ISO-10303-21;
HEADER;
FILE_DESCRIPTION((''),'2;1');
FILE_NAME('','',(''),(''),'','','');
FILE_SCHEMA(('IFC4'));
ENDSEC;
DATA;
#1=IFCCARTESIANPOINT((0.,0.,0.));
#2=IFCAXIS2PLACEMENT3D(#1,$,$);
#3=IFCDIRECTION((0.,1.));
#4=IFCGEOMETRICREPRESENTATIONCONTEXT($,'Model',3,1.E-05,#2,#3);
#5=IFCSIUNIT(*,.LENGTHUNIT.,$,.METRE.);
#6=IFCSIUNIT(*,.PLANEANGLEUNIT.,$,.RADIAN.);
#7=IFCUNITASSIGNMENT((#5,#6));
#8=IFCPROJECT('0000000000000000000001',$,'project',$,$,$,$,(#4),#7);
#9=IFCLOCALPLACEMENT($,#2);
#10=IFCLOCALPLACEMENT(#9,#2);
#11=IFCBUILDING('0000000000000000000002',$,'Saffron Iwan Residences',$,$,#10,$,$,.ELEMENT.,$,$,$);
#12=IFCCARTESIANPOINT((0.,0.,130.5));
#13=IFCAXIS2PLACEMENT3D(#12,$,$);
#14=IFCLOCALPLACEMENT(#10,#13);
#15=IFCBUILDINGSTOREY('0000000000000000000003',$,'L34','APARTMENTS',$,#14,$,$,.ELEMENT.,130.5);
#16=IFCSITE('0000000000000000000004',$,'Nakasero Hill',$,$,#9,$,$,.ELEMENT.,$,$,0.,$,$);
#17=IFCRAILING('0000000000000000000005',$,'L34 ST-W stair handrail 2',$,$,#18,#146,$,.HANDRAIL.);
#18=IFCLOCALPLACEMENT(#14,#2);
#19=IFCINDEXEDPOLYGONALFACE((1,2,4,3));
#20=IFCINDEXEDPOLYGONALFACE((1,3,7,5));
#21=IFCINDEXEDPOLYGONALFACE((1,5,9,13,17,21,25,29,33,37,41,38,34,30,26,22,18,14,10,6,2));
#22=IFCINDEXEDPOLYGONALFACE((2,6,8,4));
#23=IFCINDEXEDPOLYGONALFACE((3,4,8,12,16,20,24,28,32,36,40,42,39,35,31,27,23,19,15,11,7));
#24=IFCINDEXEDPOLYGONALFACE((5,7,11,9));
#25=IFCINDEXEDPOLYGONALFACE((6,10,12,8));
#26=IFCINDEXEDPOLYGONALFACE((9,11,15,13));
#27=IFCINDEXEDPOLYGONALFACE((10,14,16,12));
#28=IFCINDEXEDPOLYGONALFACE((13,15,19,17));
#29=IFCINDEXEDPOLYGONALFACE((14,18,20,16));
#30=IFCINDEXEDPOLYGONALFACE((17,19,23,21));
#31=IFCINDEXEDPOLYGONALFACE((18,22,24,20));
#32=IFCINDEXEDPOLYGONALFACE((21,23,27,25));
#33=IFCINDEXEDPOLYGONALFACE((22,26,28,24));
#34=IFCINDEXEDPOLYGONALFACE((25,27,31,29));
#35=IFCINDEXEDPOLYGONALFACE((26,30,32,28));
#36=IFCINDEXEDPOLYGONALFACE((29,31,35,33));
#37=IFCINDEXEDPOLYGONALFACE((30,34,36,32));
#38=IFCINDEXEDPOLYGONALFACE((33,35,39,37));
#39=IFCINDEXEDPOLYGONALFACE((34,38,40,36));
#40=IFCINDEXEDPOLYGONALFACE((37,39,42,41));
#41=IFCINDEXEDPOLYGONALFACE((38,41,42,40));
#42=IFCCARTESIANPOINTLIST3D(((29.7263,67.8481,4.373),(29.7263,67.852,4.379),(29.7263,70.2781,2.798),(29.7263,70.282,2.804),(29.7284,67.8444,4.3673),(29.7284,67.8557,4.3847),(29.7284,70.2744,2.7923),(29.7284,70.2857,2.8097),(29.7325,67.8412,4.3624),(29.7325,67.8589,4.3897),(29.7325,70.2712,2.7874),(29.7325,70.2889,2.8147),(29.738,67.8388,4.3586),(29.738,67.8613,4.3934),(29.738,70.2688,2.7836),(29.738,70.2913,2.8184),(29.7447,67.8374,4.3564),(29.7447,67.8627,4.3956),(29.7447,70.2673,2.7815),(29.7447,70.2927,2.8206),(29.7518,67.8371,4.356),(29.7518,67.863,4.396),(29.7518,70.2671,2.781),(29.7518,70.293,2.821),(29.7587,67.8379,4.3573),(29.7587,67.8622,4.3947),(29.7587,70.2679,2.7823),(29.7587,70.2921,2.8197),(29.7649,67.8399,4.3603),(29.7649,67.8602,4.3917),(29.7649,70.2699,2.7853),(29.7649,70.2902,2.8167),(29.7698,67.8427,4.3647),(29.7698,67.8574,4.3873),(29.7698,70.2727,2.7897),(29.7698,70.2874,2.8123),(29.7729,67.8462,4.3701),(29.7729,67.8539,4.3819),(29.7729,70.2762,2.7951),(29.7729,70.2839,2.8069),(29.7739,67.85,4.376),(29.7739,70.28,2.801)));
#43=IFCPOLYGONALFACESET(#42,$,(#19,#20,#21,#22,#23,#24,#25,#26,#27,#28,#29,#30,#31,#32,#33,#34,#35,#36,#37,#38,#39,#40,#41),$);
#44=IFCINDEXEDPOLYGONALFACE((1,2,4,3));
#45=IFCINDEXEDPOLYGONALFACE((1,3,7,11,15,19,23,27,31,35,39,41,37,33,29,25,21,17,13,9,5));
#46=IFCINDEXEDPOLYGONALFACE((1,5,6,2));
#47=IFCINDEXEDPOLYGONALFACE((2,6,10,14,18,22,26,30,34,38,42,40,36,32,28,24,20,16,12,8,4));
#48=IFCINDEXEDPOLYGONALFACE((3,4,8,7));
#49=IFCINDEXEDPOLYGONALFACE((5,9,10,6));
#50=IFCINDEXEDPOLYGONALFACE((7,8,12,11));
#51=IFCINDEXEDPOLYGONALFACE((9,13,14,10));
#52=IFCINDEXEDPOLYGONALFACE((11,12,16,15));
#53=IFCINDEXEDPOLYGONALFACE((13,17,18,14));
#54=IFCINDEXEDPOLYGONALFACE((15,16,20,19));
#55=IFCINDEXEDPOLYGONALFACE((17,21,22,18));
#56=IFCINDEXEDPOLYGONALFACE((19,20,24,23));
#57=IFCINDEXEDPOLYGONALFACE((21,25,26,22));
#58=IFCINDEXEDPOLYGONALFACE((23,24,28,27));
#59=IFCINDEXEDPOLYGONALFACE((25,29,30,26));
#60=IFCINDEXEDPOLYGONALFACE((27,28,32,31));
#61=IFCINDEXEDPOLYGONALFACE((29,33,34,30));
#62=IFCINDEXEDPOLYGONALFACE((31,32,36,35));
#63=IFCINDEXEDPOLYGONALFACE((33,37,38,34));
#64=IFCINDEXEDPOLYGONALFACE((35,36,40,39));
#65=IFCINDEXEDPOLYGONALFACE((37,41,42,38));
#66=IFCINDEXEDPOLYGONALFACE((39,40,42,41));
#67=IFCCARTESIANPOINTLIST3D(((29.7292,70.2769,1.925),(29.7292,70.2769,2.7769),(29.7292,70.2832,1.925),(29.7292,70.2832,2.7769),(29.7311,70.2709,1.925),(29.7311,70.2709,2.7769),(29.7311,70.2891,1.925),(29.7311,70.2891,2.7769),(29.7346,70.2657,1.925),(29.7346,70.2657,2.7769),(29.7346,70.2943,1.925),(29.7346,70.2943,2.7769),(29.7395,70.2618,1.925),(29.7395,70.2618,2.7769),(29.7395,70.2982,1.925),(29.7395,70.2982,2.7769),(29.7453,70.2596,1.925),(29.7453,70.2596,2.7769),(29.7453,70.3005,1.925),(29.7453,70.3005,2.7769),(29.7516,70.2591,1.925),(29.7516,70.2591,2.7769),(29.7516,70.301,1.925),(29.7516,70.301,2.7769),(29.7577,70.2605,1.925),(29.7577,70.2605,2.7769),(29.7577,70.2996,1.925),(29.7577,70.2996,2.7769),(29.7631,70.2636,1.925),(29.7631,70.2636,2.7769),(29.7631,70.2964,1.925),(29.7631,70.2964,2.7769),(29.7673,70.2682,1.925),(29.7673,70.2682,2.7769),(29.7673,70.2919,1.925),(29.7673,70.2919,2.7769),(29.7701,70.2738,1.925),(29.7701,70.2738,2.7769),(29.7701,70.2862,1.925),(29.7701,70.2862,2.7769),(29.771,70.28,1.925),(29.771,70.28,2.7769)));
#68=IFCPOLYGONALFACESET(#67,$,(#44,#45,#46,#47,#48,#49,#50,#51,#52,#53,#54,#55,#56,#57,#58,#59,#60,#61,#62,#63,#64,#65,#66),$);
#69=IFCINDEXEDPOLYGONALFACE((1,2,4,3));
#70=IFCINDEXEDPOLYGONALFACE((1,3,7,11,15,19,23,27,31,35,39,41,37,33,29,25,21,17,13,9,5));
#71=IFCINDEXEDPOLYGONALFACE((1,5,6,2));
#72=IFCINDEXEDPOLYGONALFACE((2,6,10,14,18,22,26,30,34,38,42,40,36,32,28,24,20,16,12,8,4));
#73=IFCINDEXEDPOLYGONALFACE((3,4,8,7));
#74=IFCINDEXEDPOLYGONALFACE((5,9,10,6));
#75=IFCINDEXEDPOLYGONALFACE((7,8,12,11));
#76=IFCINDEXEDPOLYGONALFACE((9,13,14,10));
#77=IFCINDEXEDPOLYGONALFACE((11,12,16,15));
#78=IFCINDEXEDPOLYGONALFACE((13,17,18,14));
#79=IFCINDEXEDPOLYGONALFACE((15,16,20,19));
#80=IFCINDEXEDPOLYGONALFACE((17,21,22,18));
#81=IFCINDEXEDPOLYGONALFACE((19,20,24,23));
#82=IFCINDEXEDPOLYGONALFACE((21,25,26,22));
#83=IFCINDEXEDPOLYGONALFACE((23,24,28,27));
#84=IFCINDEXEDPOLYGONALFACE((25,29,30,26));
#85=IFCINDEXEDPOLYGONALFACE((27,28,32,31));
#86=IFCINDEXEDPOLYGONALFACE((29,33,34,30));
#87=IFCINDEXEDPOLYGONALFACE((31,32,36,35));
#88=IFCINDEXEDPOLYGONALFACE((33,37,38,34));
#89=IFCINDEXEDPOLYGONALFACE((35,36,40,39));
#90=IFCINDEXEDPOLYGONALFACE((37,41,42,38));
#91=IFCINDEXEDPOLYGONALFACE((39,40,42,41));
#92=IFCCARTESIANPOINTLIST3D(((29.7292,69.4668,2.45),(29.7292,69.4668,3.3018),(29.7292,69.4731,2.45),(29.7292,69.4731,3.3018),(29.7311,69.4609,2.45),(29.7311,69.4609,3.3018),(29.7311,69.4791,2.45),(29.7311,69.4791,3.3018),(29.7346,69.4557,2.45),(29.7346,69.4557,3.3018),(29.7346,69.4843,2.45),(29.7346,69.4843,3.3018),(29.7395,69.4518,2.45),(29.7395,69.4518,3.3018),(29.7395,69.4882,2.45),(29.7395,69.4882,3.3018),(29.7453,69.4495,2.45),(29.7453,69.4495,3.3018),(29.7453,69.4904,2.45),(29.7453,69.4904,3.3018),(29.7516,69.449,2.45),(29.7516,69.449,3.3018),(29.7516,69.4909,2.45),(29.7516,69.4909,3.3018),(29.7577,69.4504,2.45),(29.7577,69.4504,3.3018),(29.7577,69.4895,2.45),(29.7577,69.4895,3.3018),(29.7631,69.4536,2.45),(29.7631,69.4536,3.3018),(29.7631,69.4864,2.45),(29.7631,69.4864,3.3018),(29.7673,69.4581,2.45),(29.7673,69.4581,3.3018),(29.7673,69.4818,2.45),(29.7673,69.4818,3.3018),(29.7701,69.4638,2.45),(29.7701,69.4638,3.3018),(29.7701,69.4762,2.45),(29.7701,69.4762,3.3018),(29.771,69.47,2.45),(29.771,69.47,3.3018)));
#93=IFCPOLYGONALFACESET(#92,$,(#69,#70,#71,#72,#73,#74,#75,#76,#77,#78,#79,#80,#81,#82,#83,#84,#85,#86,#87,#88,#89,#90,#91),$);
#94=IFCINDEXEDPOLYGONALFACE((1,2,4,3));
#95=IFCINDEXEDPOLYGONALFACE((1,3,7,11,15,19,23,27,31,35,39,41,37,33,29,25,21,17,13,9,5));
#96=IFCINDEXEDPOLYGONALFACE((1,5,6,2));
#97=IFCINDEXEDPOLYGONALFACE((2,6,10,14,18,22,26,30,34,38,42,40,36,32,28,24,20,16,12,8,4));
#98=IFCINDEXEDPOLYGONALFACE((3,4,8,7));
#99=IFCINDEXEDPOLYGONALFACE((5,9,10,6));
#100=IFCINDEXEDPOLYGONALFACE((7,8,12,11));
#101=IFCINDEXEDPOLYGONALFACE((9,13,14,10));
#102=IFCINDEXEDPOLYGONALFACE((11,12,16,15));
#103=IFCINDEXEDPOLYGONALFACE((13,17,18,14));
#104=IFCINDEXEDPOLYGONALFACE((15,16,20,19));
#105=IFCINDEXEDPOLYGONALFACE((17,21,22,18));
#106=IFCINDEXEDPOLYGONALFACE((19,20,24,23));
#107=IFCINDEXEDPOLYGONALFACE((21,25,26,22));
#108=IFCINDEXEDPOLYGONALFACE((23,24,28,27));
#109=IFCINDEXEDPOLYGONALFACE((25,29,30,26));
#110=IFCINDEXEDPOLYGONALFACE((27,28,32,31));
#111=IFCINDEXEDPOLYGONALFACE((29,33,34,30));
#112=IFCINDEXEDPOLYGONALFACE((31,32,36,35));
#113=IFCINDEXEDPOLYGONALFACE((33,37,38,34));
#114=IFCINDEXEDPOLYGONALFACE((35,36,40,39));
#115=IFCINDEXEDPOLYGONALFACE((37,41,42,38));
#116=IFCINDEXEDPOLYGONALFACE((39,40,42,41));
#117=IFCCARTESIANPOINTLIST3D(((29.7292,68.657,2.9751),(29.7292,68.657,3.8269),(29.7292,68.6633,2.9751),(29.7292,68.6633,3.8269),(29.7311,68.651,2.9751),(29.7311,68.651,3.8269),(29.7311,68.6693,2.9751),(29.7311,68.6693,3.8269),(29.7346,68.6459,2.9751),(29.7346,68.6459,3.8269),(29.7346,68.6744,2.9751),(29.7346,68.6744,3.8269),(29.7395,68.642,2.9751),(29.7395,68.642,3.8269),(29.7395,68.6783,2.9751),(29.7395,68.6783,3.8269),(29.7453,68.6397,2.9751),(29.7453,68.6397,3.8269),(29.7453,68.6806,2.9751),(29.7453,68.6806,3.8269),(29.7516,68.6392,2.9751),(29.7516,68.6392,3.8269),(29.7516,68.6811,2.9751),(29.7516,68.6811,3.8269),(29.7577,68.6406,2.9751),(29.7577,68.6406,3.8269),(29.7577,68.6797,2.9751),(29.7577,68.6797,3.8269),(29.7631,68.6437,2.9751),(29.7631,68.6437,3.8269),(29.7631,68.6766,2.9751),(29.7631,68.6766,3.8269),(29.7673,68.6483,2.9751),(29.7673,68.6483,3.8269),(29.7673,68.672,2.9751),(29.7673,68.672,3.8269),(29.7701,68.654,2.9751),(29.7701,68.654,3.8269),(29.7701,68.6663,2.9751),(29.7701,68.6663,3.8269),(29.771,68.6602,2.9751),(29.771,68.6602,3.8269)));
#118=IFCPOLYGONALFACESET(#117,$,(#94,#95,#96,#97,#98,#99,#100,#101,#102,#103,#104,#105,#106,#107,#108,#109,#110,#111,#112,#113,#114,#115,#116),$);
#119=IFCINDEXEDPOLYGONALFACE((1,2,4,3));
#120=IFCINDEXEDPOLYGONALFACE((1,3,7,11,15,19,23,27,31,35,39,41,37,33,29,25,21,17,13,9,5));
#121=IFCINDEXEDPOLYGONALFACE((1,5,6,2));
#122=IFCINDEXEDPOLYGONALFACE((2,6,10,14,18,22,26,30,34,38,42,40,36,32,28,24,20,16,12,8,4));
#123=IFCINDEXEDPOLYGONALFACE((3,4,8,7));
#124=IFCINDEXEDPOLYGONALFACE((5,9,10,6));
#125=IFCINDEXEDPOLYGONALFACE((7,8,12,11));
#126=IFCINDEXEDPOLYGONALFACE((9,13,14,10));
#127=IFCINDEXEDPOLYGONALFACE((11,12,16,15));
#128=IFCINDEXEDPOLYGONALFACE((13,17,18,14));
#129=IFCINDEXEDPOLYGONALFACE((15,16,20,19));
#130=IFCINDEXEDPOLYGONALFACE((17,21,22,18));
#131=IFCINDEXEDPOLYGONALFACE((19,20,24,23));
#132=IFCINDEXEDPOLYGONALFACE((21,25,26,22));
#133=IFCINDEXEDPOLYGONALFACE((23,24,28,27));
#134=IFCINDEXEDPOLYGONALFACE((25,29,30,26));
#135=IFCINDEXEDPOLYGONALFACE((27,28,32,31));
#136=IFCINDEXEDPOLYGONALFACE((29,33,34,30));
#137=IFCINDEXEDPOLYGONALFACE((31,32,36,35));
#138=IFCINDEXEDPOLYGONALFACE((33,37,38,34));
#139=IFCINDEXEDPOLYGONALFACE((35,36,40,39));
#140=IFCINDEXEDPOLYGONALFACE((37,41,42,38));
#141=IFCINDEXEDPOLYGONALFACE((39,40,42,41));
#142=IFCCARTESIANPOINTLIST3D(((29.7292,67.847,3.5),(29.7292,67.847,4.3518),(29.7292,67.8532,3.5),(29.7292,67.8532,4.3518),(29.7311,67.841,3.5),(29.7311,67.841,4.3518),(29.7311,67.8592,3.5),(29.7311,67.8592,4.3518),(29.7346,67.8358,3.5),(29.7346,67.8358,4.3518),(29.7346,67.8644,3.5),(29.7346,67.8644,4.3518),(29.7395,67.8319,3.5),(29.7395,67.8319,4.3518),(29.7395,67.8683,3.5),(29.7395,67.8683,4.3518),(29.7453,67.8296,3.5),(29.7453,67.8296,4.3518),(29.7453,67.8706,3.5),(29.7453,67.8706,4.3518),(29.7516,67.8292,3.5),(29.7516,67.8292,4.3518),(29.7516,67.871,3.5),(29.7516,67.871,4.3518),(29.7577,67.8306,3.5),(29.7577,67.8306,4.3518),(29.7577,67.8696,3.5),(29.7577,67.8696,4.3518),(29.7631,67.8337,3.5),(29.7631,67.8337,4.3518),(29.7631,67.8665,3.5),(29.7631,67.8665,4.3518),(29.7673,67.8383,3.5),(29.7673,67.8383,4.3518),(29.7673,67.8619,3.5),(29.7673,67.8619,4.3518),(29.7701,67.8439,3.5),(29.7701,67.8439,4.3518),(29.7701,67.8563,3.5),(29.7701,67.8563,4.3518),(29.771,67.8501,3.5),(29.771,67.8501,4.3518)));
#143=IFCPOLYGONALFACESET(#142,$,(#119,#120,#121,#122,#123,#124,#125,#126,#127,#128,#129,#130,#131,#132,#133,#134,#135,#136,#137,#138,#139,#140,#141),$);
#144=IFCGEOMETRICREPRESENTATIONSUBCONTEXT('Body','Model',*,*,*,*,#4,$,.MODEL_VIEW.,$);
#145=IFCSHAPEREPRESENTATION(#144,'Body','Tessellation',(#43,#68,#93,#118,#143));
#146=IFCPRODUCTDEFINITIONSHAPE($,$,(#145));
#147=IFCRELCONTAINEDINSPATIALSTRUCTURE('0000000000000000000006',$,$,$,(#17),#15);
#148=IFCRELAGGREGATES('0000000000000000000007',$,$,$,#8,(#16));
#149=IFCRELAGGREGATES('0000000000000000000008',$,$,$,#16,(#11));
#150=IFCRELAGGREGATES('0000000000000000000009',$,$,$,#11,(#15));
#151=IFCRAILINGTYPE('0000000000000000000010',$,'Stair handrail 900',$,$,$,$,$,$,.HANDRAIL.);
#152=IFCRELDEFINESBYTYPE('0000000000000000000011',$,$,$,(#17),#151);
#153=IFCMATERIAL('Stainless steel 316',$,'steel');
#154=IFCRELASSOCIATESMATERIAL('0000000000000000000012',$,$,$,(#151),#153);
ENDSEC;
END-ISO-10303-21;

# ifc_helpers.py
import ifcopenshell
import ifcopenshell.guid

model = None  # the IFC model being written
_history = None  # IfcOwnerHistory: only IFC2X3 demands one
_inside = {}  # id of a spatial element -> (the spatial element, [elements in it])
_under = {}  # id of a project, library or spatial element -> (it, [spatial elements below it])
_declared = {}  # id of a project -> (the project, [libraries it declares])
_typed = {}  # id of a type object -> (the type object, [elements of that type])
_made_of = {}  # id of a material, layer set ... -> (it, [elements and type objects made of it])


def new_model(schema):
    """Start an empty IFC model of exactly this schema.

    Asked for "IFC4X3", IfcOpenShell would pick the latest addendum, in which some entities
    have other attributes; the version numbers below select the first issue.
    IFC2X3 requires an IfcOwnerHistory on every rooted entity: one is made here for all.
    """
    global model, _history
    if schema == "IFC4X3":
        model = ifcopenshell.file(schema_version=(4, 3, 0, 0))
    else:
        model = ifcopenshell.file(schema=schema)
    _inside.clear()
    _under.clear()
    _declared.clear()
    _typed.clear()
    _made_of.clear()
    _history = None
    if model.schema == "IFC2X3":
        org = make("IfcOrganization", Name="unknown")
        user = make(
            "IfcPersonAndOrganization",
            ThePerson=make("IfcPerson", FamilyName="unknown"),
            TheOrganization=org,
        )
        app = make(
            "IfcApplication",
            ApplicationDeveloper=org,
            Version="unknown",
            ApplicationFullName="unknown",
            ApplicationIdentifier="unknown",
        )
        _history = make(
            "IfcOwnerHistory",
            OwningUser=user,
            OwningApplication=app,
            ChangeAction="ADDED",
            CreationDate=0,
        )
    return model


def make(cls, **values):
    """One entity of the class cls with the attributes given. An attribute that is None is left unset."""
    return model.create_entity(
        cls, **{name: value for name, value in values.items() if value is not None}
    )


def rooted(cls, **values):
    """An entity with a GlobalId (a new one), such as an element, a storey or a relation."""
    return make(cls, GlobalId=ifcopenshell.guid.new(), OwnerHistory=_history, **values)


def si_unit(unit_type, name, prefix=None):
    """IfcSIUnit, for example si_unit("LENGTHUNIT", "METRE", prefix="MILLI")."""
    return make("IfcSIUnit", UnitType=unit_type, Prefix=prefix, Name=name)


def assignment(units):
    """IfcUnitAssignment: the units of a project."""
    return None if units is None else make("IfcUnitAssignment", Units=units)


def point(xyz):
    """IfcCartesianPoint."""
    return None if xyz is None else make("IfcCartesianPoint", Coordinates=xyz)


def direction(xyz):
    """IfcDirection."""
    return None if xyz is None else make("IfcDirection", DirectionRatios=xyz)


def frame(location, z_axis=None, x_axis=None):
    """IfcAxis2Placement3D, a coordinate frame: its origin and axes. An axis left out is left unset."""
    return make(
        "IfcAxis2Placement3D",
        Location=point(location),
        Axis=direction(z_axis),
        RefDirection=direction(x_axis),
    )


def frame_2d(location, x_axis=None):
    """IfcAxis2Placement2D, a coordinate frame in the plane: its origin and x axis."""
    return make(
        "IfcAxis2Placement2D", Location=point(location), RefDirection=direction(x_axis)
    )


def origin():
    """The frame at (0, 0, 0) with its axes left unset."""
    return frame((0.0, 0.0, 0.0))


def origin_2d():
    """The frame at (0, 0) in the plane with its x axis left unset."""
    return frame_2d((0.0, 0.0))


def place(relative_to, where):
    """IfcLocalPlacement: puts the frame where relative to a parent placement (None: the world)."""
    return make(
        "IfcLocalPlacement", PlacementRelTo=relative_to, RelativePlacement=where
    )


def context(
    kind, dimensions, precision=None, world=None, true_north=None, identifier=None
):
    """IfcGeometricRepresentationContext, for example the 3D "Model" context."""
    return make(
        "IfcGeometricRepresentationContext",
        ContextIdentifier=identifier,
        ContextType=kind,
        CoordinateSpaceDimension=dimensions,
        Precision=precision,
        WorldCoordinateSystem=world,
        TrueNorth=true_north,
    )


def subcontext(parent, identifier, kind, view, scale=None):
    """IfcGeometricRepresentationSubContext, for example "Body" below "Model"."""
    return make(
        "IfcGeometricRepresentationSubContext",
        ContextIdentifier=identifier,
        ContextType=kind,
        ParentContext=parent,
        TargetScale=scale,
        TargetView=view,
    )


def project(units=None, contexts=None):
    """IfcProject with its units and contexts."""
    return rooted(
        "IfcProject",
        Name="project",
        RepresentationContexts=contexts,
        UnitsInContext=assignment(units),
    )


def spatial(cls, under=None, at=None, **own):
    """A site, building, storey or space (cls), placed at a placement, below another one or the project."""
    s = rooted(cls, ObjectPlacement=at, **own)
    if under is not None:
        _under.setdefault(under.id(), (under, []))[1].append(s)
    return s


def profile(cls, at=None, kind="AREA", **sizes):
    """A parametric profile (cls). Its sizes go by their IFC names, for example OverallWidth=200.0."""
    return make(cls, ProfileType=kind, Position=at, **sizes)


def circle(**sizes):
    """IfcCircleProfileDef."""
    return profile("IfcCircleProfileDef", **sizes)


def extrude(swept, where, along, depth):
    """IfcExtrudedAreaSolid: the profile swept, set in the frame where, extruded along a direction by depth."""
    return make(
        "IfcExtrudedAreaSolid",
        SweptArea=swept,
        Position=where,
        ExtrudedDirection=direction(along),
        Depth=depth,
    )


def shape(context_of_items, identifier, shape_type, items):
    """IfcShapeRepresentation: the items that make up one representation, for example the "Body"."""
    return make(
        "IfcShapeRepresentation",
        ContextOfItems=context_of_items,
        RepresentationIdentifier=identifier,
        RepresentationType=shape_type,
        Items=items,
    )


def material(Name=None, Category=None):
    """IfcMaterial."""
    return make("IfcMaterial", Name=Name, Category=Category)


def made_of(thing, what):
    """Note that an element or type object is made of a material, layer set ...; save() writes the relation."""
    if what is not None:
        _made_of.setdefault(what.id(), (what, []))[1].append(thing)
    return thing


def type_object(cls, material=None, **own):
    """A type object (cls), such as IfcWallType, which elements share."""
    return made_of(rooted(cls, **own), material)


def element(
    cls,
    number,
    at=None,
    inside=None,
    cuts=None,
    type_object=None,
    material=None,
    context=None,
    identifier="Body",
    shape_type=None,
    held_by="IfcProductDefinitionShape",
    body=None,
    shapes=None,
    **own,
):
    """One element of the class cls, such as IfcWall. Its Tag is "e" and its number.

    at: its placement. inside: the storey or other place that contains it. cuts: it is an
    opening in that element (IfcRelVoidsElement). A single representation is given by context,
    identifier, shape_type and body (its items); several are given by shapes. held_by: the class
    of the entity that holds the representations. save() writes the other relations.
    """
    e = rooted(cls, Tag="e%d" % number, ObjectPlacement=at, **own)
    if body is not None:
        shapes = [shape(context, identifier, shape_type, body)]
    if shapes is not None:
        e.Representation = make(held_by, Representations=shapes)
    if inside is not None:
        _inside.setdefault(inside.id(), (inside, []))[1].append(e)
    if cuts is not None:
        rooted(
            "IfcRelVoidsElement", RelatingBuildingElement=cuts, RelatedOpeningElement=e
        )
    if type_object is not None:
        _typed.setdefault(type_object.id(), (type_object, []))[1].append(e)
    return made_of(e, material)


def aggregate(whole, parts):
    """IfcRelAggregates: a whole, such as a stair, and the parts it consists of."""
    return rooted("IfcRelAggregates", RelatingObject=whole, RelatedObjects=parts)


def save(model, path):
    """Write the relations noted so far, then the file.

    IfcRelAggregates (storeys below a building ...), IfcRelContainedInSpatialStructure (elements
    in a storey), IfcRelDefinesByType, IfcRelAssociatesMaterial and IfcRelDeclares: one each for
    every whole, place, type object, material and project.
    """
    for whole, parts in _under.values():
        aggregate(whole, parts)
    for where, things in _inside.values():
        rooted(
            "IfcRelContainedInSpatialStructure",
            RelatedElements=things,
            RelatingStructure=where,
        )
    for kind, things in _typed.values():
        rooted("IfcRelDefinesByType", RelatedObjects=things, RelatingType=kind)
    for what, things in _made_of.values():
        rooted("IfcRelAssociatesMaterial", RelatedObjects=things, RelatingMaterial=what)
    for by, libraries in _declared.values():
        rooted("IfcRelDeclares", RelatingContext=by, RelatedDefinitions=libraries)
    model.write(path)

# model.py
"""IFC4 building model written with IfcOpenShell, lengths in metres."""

from ifc_helpers import new_model, si_unit, direction, frame, origin, origin_2d, place, context, subcontext, project, spatial, circle, extrude, material, type_object, element, save


model = new_model("IFC4")

# Units and contexts
model_context = context("Model", 3, precision=1e-05, world=origin(), true_north=direction((0.0, 1.0)))
body_context = subcontext(model_context, "Body", "Model", "MODEL_VIEW")
ifc_project = project(units=[si_unit("LENGTHUNIT", "METRE"), si_unit("PLANEANGLEUNIT", "RADIAN")], contexts=[model_context])

# Site, building, storey
site_placement = place(None, origin())
site = spatial("IfcSite", under=ifc_project, at=site_placement, Name="Nakasero Hill", CompositionType="ELEMENT", RefElevation=0.0)
building_placement = place(site_placement, origin())
building = spatial("IfcBuilding", under=site, at=building_placement, Name="Saffron Iwan Residences", CompositionType="ELEMENT")
storey_placement = place(building_placement, frame((0.0, 0.0, 130.5)))
storey = spatial("IfcBuildingStorey", under=building, at=storey_placement, Name="L34", Description="APARTMENTS", CompositionType="ELEMENT", Elevation=130.5)

# Railing
ifc_material_1 = material(Name="Stainless steel 316", Category="steel")
railing_type_1 = type_object("IfcRailingType", Name="Stair handrail 900", PredefinedType="HANDRAIL", material=ifc_material_1)
railing_1_placement = place(storey_placement, frame((29.75, 70.28, 1.925)))
element("IfcRailing", 1, at=railing_1_placement, inside=storey, type_object=railing_type_1, Name="L34 ST-W stair handrail 2", PredefinedType="HANDRAIL", context=body_context, shape_type="SweptSolid", body=[
    extrude(circle(Radius=0.0239, at=origin_2d()), frame((0.0, 0.0, 0.876), z_axis=(0.0, -0.839154, 0.543894), x_axis=(1.0, 0.0, 0.0)), (0.0, 0.0, 1.0), 2.8958),
    extrude(circle(Radius=0.021, at=origin_2d()), origin(), (0.0, 0.0, 1.0), 0.8518),
    extrude(circle(Radius=0.021, at=origin_2d()), frame((0.0, -0.8101, 0.5249)), (0.0, 0.0, 1.0), 0.8518),
    extrude(circle(Radius=0.021, at=origin_2d()), frame((0.0, -1.6199, 1.05)), (0.0, 0.0, 1.0), 0.8518),
    extrude(circle(Radius=0.021, at=origin_2d()), frame((0.0, -2.4299, 1.575)), (0.0, 0.0, 1.0), 0.8518),
])

save(model, "model.ifc")
